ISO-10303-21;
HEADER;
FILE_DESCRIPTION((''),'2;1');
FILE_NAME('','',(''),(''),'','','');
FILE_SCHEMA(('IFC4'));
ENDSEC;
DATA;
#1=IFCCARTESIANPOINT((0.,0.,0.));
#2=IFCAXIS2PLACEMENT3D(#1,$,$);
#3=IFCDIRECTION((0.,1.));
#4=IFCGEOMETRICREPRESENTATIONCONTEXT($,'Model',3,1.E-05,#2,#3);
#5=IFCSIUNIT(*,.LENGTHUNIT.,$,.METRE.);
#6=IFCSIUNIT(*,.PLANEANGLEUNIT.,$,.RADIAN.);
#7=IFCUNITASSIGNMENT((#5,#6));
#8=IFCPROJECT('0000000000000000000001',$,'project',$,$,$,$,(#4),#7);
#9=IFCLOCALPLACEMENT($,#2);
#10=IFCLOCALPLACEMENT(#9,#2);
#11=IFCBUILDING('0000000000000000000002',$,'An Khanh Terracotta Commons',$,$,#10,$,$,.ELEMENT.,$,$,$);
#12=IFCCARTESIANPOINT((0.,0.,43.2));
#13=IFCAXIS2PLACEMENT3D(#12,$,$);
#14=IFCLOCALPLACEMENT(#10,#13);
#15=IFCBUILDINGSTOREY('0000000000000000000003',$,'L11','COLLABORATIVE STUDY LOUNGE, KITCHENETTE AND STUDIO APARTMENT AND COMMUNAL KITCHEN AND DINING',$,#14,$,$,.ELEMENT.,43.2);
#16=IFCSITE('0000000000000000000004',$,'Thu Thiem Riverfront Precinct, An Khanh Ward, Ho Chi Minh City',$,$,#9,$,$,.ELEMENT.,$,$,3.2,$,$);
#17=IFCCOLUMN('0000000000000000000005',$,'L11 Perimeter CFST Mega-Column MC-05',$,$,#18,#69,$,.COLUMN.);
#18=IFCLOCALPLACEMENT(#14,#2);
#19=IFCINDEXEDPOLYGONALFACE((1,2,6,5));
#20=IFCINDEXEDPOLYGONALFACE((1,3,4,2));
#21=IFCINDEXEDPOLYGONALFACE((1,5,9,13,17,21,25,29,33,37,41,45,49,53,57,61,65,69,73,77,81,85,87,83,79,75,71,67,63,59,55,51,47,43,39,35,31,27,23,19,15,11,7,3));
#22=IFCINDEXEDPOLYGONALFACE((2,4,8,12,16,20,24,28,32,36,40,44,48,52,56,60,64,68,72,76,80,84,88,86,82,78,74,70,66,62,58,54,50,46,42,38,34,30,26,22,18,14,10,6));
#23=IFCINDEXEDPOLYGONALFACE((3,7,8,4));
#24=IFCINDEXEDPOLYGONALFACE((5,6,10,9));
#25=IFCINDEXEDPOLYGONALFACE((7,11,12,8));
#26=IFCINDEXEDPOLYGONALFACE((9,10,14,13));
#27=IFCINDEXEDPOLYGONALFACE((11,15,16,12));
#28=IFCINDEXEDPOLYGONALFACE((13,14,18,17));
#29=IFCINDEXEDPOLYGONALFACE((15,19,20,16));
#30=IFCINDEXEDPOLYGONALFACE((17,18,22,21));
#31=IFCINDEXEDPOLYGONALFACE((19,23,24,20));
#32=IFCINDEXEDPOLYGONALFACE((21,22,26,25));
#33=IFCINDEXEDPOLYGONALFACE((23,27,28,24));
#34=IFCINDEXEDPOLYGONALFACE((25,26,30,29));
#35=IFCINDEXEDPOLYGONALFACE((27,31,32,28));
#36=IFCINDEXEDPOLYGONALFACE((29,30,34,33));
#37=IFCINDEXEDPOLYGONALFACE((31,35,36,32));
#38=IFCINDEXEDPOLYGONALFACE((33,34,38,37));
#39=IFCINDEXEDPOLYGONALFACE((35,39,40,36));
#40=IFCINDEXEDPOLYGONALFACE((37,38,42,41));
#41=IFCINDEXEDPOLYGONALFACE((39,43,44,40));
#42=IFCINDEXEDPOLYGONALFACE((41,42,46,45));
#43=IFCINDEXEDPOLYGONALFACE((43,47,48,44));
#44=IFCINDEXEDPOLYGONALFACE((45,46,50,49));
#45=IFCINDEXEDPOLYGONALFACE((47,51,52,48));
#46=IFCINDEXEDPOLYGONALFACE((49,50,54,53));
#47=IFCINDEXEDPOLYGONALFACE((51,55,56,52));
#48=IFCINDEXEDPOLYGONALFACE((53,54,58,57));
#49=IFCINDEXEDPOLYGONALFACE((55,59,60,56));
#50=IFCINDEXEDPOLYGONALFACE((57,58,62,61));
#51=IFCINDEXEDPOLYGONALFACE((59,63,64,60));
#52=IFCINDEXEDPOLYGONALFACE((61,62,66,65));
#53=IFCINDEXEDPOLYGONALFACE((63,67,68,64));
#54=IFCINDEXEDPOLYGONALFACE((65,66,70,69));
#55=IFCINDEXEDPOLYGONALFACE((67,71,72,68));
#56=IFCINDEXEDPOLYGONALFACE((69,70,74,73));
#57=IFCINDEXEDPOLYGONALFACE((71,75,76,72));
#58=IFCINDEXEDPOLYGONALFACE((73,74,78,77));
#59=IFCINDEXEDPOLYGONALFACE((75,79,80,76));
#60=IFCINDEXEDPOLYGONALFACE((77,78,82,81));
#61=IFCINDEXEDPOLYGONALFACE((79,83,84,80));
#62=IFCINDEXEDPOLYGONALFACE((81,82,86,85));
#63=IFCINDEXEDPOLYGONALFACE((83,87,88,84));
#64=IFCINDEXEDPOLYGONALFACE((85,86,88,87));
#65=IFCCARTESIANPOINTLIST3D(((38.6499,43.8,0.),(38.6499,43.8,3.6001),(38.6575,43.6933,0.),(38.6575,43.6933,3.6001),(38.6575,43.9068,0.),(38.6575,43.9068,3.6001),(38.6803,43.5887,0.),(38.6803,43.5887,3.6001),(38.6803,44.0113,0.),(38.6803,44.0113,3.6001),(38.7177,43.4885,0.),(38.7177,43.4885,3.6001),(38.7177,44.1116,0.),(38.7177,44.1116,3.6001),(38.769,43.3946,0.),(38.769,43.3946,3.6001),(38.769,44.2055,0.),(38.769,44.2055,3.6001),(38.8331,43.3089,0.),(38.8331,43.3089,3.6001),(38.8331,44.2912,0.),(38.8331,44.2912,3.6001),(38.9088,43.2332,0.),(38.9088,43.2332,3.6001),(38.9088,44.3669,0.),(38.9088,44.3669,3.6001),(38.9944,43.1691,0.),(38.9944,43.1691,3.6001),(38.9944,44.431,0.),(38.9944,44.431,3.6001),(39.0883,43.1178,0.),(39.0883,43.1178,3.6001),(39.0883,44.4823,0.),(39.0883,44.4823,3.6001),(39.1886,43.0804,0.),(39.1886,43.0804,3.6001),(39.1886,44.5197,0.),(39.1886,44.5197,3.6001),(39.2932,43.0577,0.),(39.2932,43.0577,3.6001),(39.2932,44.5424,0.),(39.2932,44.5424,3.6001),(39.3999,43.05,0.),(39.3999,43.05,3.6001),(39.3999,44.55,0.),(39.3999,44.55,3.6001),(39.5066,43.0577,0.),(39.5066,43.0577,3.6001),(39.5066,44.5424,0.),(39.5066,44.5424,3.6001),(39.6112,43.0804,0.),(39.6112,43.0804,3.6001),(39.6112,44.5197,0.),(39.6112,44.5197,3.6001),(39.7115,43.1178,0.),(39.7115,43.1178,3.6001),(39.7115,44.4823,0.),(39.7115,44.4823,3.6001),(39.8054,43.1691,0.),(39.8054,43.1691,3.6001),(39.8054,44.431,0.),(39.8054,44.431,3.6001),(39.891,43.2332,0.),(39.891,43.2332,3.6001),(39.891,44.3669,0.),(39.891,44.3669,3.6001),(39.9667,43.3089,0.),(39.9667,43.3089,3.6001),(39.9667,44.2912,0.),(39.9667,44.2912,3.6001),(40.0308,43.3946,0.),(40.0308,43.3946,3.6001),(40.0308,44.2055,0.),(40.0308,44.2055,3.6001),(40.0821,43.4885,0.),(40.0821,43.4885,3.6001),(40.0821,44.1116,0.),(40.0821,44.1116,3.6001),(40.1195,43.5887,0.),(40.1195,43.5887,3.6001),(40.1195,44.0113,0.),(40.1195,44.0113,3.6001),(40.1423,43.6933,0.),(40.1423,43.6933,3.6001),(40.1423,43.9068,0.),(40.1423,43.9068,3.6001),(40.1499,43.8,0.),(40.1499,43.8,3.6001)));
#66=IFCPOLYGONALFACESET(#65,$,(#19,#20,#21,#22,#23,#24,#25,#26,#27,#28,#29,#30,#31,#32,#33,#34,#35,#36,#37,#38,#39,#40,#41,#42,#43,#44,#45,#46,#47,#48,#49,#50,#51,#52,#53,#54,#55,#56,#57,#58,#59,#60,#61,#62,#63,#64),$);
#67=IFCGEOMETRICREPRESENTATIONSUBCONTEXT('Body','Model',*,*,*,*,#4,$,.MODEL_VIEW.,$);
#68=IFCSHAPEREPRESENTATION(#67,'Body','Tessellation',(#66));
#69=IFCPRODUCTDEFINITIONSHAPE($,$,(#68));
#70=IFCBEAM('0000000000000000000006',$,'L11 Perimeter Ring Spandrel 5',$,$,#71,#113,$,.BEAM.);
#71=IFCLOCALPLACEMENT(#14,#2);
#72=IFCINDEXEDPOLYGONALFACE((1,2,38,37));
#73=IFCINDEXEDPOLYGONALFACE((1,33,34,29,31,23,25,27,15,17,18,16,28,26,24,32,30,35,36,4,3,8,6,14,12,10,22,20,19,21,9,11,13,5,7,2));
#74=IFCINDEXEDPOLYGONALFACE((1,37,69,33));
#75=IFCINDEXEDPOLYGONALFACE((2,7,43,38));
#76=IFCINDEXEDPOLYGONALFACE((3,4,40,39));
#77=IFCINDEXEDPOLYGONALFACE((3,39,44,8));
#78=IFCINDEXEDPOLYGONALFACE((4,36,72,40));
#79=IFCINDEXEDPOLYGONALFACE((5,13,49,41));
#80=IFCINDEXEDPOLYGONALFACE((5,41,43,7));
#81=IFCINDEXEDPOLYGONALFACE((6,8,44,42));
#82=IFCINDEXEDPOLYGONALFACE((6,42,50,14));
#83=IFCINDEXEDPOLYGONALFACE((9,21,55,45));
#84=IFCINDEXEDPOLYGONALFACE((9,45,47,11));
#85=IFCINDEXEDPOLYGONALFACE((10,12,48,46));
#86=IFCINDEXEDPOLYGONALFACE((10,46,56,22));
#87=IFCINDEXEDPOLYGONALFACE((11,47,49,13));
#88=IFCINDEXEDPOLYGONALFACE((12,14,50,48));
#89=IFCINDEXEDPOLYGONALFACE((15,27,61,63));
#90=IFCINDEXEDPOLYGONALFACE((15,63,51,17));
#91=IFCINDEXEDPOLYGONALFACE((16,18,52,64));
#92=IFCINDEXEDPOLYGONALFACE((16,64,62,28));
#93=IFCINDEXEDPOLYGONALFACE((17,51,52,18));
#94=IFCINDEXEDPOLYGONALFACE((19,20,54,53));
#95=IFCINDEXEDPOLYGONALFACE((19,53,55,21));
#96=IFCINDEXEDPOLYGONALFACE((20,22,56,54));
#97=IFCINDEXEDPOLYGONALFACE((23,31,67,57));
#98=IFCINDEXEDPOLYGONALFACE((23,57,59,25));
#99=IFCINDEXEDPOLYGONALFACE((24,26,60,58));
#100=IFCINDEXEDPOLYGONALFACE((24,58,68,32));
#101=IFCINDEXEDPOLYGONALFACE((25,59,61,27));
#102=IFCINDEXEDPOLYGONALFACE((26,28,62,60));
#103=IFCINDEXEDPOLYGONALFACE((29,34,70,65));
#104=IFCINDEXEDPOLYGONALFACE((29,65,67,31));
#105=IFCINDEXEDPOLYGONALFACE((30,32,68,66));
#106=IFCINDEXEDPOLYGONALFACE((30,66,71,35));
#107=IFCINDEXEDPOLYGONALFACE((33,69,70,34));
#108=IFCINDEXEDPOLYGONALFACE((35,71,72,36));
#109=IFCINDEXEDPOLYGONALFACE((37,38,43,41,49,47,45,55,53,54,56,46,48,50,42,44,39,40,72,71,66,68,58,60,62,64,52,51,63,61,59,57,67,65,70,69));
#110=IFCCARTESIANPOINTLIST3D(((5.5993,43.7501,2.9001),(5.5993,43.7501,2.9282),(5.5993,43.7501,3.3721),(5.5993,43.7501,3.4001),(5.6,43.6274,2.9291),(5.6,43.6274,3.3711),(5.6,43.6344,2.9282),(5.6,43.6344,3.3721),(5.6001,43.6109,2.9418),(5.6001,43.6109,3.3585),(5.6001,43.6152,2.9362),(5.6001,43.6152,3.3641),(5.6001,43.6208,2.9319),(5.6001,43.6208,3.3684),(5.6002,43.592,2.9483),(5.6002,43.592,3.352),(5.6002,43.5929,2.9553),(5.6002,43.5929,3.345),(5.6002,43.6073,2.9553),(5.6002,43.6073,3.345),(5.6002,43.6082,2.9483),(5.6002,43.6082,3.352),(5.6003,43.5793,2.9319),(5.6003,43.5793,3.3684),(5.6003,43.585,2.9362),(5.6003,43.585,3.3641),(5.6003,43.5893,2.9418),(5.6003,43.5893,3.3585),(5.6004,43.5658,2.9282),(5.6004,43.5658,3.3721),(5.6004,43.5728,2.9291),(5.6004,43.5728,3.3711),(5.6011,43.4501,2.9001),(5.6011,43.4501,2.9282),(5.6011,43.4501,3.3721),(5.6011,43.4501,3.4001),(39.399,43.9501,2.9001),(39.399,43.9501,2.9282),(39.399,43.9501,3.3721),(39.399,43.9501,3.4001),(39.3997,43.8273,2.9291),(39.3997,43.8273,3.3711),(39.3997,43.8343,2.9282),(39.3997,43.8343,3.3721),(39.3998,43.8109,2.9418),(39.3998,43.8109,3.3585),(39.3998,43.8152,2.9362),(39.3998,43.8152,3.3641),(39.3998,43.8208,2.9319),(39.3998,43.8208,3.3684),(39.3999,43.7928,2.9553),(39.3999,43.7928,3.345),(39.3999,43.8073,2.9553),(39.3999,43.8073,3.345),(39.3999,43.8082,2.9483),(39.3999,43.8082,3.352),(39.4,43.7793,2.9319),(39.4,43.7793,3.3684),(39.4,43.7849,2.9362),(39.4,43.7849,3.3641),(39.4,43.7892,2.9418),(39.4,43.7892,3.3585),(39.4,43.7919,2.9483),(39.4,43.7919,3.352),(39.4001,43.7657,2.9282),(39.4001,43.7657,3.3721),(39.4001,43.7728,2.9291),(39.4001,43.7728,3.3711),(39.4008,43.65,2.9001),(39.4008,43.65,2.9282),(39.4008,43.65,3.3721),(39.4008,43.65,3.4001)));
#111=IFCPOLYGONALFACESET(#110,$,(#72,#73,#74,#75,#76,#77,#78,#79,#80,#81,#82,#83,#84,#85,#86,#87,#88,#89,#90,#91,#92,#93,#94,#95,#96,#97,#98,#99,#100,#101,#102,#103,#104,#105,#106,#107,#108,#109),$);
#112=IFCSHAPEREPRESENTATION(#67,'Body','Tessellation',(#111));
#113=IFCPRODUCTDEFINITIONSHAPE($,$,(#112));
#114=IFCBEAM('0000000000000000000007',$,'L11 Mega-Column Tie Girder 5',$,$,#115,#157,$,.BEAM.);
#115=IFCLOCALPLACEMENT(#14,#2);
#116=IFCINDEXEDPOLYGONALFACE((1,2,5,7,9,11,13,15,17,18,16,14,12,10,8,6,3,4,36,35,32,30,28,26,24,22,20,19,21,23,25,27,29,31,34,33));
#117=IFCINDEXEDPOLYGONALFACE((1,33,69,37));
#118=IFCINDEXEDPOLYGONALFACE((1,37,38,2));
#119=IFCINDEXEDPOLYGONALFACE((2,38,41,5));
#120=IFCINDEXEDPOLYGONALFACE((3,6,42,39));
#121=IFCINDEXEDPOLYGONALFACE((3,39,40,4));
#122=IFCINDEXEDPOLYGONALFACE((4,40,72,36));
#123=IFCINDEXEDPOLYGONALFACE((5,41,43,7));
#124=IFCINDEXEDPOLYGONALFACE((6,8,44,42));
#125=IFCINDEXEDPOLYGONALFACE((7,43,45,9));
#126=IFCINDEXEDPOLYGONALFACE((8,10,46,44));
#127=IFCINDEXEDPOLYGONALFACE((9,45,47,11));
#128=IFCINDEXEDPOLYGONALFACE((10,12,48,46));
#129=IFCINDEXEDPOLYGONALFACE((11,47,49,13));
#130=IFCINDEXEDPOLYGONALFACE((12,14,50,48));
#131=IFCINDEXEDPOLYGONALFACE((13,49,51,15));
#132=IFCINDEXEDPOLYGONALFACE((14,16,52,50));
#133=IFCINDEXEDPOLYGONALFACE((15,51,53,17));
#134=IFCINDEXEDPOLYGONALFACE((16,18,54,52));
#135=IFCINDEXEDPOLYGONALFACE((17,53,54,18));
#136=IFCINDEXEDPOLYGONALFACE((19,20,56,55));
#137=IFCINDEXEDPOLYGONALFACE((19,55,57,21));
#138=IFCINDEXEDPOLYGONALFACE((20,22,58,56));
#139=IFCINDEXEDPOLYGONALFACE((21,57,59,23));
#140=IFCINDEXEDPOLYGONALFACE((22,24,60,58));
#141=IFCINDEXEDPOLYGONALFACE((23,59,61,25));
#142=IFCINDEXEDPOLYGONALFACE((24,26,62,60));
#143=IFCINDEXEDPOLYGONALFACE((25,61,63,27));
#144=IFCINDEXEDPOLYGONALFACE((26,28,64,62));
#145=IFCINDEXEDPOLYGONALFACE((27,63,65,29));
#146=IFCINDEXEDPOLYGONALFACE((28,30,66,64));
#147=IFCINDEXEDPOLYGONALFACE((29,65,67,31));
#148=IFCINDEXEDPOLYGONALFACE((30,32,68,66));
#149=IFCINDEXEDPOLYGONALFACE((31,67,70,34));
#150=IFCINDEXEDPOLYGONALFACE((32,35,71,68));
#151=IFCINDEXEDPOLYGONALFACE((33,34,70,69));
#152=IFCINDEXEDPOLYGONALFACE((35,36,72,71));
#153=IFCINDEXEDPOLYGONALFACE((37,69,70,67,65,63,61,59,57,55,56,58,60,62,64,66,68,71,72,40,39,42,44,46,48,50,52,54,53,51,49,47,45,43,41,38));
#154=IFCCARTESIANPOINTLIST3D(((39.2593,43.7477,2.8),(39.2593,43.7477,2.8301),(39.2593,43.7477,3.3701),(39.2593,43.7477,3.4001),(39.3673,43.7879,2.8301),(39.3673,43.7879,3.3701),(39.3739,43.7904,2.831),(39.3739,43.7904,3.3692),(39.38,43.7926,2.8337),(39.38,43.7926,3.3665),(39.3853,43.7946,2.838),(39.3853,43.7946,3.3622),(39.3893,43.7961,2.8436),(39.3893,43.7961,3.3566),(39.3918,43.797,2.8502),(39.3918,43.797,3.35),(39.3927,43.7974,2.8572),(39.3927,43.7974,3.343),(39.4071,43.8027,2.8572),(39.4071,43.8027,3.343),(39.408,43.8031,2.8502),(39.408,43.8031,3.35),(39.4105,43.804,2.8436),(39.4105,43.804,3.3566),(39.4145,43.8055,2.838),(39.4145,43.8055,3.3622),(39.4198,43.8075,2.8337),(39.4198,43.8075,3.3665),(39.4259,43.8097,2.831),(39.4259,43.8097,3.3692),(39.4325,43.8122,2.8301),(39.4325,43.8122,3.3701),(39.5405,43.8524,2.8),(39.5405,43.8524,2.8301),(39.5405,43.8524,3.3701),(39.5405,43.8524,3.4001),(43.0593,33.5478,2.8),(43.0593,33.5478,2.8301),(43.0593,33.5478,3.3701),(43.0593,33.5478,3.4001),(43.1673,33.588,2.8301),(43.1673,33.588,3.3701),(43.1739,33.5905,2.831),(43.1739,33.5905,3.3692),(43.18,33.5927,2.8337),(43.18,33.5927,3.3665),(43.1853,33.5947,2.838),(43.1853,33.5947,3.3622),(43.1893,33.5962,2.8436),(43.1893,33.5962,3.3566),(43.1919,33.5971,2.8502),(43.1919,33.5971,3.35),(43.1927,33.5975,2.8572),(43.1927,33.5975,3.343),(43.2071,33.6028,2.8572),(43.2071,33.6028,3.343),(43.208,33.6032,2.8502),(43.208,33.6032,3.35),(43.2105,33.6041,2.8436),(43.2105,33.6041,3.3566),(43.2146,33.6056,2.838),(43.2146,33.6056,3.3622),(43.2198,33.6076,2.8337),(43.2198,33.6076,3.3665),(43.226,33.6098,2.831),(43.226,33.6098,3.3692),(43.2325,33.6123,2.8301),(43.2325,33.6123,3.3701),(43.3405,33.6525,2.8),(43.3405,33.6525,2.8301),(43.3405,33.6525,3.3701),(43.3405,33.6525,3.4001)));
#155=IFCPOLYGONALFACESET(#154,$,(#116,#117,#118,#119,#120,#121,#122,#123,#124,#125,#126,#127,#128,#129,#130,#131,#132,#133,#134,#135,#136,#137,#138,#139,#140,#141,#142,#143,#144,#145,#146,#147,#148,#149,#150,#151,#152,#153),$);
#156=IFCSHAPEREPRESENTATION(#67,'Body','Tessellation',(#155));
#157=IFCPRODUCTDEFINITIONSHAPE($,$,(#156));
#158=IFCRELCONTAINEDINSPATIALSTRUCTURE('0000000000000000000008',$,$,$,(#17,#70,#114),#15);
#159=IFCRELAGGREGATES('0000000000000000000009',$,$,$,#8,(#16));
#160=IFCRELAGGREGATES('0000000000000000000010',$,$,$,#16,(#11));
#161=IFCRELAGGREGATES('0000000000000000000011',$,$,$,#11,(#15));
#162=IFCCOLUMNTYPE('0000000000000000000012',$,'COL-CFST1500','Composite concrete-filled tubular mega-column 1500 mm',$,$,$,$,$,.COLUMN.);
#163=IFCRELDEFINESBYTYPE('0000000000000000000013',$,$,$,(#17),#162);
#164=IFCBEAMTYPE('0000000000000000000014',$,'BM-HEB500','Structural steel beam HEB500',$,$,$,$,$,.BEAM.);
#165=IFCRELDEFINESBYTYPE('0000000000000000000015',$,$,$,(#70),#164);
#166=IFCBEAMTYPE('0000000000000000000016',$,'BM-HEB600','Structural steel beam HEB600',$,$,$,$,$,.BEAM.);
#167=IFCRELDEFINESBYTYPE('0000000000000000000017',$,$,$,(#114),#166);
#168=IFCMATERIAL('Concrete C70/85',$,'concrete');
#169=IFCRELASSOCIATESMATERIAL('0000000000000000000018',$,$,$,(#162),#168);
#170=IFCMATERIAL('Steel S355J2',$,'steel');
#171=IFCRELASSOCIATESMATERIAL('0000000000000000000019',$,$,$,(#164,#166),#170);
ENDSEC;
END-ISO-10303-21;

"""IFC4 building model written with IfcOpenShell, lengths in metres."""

from ifc_helpers import new_model, si_unit, direction, frame, origin, origin_2d, place, context, subcontext, project, spatial, circle, i_section, extrude, material, material_profile, profile_set, type_object, element, save


model = new_model("IFC4")

# Units and contexts
model_context = context("Model", 3, precision=1e-05, world=origin(), true_north=direction((0.0, 1.0)))
body_context = subcontext(model_context, "Body", "Model", "MODEL_VIEW")
ifc_project = project(units=[si_unit("LENGTHUNIT", "METRE"), si_unit("PLANEANGLEUNIT", "RADIAN")], contexts=[model_context])

# Site, building, storey
site_placement = place(None, origin())
site = spatial("IfcSite", under=ifc_project, at=site_placement, Name="Thu Thiem Riverfront Precinct, An Khanh Ward, Ho Chi Minh City", CompositionType="ELEMENT", RefElevation=3.2)
building_placement = place(site_placement, origin())
building = spatial("IfcBuilding", under=site, at=building_placement, Name="An Khanh Terracotta Commons", CompositionType="ELEMENT")
storey_placement = place(building_placement, frame((0.0, 0.0, 43.2)))
storey = spatial("IfcBuildingStorey", under=building, at=storey_placement, Name="L11", Description="COLLABORATIVE STUDY LOUNGE, KITCHENETTE AND STUDIO APARTMENT AND COMMUNAL KITCHEN AND DINING", CompositionType="ELEMENT", Elevation=43.2)

# Column
ifc_material_1 = material(Name="Concrete C70/85", Category="concrete")
ifc_material_profile_1 = material_profile(ifc_material_1, circle(Radius=0.75, at=origin_2d()), Name="CFST1500")
ifc_profile_set_1 = profile_set([ifc_material_profile_1], Name="Concrete C70/85")
column_type = type_object("IfcColumnType", Name="COL-CFST1500", Description="Composite concrete-filled tubular mega-column 1500 mm", PredefinedType="COLUMN", material=ifc_profile_set_1)
column_placement = place(storey_placement, frame((39.3999, 43.8, 0.0), z_axis=(0.0, 0.0, 1.0), x_axis=(1.0, 0.0, 0.0)))
element("IfcColumn", 1, at=column_placement, inside=storey, type_object=column_type, Name="L11 Perimeter CFST Mega-Column MC-05", PredefinedType="COLUMN", context=body_context, shape_type="SweptSolid", body=[
    extrude(circle(Radius=0.75, at=origin_2d()), origin(), (0.0, 0.0, 1.0), 3.6001),
])

# Beams
ifc_material_2 = material(Name="Steel S355J2", Category="steel")
ifc_material_profile_2 = material_profile(ifc_material_2, i_section(OverallWidth=0.3, OverallDepth=0.5, WebThickness=0.0144, FlangeThickness=0.0281, FilletRadius=0.0271, at=origin_2d()), Name="HEB500")
ifc_profile_set_2 = profile_set([ifc_material_profile_2], Name="Steel S355J2")
beam_type_1 = type_object("IfcBeamType", Name="BM-HEB500", Description="Structural steel beam HEB500", PredefinedType="BEAM", material=ifc_profile_set_2)
beam_1_placement = place(storey_placement, frame((39.3999, 43.8, 3.1501), z_axis=(-0.999983, -0.005916, 0.0), x_axis=(0.005916, -0.999983, 0.0)))
element("IfcBeam", 2, at=beam_1_placement, inside=storey, type_object=beam_type_1, Name="L11 Perimeter Ring Spandrel 5", PredefinedType="BEAM", context=body_context, shape_type="SweptSolid", body=[
    extrude(i_section(OverallWidth=0.3, OverallDepth=0.5, WebThickness=0.0144, FlangeThickness=0.0281, FilletRadius=0.0271, at=origin_2d()), origin(), (0.0, 0.0, 1.0), 33.8003),
])
ifc_material_profile_3 = material_profile(ifc_material_2, i_section(OverallWidth=0.3, OverallDepth=0.6001, WebThickness=0.0154, FlangeThickness=0.03, FilletRadius=0.0271, at=origin_2d()), Name="HEB600")
ifc_profile_set_3 = profile_set([ifc_material_profile_3], Name="Steel S355J2")
beam_type_2 = type_object("IfcBeamType", Name="BM-HEB600", Description="Structural steel beam HEB600", PredefinedType="BEAM", material=ifc_profile_set_3)
beam_2_placement = place(storey_placement, frame((39.3999, 43.8, 3.1001), z_axis=(0.349114, -0.93708, 0.0), x_axis=(0.93708, 0.349114, 0.0)))
element("IfcBeam", 3, at=beam_2_placement, inside=storey, type_object=beam_type_2, Name="L11 Mega-Column Tie Girder 5", PredefinedType="BEAM", context=body_context, shape_type="SweptSolid", body=[
    extrude(i_section(OverallWidth=0.3, OverallDepth=0.6001, WebThickness=0.0154, FlangeThickness=0.03, FilletRadius=0.0271, at=origin_2d()), origin(), (0.0, 0.0, 1.0), 10.8848),
])

save(model, "model.ifc")
